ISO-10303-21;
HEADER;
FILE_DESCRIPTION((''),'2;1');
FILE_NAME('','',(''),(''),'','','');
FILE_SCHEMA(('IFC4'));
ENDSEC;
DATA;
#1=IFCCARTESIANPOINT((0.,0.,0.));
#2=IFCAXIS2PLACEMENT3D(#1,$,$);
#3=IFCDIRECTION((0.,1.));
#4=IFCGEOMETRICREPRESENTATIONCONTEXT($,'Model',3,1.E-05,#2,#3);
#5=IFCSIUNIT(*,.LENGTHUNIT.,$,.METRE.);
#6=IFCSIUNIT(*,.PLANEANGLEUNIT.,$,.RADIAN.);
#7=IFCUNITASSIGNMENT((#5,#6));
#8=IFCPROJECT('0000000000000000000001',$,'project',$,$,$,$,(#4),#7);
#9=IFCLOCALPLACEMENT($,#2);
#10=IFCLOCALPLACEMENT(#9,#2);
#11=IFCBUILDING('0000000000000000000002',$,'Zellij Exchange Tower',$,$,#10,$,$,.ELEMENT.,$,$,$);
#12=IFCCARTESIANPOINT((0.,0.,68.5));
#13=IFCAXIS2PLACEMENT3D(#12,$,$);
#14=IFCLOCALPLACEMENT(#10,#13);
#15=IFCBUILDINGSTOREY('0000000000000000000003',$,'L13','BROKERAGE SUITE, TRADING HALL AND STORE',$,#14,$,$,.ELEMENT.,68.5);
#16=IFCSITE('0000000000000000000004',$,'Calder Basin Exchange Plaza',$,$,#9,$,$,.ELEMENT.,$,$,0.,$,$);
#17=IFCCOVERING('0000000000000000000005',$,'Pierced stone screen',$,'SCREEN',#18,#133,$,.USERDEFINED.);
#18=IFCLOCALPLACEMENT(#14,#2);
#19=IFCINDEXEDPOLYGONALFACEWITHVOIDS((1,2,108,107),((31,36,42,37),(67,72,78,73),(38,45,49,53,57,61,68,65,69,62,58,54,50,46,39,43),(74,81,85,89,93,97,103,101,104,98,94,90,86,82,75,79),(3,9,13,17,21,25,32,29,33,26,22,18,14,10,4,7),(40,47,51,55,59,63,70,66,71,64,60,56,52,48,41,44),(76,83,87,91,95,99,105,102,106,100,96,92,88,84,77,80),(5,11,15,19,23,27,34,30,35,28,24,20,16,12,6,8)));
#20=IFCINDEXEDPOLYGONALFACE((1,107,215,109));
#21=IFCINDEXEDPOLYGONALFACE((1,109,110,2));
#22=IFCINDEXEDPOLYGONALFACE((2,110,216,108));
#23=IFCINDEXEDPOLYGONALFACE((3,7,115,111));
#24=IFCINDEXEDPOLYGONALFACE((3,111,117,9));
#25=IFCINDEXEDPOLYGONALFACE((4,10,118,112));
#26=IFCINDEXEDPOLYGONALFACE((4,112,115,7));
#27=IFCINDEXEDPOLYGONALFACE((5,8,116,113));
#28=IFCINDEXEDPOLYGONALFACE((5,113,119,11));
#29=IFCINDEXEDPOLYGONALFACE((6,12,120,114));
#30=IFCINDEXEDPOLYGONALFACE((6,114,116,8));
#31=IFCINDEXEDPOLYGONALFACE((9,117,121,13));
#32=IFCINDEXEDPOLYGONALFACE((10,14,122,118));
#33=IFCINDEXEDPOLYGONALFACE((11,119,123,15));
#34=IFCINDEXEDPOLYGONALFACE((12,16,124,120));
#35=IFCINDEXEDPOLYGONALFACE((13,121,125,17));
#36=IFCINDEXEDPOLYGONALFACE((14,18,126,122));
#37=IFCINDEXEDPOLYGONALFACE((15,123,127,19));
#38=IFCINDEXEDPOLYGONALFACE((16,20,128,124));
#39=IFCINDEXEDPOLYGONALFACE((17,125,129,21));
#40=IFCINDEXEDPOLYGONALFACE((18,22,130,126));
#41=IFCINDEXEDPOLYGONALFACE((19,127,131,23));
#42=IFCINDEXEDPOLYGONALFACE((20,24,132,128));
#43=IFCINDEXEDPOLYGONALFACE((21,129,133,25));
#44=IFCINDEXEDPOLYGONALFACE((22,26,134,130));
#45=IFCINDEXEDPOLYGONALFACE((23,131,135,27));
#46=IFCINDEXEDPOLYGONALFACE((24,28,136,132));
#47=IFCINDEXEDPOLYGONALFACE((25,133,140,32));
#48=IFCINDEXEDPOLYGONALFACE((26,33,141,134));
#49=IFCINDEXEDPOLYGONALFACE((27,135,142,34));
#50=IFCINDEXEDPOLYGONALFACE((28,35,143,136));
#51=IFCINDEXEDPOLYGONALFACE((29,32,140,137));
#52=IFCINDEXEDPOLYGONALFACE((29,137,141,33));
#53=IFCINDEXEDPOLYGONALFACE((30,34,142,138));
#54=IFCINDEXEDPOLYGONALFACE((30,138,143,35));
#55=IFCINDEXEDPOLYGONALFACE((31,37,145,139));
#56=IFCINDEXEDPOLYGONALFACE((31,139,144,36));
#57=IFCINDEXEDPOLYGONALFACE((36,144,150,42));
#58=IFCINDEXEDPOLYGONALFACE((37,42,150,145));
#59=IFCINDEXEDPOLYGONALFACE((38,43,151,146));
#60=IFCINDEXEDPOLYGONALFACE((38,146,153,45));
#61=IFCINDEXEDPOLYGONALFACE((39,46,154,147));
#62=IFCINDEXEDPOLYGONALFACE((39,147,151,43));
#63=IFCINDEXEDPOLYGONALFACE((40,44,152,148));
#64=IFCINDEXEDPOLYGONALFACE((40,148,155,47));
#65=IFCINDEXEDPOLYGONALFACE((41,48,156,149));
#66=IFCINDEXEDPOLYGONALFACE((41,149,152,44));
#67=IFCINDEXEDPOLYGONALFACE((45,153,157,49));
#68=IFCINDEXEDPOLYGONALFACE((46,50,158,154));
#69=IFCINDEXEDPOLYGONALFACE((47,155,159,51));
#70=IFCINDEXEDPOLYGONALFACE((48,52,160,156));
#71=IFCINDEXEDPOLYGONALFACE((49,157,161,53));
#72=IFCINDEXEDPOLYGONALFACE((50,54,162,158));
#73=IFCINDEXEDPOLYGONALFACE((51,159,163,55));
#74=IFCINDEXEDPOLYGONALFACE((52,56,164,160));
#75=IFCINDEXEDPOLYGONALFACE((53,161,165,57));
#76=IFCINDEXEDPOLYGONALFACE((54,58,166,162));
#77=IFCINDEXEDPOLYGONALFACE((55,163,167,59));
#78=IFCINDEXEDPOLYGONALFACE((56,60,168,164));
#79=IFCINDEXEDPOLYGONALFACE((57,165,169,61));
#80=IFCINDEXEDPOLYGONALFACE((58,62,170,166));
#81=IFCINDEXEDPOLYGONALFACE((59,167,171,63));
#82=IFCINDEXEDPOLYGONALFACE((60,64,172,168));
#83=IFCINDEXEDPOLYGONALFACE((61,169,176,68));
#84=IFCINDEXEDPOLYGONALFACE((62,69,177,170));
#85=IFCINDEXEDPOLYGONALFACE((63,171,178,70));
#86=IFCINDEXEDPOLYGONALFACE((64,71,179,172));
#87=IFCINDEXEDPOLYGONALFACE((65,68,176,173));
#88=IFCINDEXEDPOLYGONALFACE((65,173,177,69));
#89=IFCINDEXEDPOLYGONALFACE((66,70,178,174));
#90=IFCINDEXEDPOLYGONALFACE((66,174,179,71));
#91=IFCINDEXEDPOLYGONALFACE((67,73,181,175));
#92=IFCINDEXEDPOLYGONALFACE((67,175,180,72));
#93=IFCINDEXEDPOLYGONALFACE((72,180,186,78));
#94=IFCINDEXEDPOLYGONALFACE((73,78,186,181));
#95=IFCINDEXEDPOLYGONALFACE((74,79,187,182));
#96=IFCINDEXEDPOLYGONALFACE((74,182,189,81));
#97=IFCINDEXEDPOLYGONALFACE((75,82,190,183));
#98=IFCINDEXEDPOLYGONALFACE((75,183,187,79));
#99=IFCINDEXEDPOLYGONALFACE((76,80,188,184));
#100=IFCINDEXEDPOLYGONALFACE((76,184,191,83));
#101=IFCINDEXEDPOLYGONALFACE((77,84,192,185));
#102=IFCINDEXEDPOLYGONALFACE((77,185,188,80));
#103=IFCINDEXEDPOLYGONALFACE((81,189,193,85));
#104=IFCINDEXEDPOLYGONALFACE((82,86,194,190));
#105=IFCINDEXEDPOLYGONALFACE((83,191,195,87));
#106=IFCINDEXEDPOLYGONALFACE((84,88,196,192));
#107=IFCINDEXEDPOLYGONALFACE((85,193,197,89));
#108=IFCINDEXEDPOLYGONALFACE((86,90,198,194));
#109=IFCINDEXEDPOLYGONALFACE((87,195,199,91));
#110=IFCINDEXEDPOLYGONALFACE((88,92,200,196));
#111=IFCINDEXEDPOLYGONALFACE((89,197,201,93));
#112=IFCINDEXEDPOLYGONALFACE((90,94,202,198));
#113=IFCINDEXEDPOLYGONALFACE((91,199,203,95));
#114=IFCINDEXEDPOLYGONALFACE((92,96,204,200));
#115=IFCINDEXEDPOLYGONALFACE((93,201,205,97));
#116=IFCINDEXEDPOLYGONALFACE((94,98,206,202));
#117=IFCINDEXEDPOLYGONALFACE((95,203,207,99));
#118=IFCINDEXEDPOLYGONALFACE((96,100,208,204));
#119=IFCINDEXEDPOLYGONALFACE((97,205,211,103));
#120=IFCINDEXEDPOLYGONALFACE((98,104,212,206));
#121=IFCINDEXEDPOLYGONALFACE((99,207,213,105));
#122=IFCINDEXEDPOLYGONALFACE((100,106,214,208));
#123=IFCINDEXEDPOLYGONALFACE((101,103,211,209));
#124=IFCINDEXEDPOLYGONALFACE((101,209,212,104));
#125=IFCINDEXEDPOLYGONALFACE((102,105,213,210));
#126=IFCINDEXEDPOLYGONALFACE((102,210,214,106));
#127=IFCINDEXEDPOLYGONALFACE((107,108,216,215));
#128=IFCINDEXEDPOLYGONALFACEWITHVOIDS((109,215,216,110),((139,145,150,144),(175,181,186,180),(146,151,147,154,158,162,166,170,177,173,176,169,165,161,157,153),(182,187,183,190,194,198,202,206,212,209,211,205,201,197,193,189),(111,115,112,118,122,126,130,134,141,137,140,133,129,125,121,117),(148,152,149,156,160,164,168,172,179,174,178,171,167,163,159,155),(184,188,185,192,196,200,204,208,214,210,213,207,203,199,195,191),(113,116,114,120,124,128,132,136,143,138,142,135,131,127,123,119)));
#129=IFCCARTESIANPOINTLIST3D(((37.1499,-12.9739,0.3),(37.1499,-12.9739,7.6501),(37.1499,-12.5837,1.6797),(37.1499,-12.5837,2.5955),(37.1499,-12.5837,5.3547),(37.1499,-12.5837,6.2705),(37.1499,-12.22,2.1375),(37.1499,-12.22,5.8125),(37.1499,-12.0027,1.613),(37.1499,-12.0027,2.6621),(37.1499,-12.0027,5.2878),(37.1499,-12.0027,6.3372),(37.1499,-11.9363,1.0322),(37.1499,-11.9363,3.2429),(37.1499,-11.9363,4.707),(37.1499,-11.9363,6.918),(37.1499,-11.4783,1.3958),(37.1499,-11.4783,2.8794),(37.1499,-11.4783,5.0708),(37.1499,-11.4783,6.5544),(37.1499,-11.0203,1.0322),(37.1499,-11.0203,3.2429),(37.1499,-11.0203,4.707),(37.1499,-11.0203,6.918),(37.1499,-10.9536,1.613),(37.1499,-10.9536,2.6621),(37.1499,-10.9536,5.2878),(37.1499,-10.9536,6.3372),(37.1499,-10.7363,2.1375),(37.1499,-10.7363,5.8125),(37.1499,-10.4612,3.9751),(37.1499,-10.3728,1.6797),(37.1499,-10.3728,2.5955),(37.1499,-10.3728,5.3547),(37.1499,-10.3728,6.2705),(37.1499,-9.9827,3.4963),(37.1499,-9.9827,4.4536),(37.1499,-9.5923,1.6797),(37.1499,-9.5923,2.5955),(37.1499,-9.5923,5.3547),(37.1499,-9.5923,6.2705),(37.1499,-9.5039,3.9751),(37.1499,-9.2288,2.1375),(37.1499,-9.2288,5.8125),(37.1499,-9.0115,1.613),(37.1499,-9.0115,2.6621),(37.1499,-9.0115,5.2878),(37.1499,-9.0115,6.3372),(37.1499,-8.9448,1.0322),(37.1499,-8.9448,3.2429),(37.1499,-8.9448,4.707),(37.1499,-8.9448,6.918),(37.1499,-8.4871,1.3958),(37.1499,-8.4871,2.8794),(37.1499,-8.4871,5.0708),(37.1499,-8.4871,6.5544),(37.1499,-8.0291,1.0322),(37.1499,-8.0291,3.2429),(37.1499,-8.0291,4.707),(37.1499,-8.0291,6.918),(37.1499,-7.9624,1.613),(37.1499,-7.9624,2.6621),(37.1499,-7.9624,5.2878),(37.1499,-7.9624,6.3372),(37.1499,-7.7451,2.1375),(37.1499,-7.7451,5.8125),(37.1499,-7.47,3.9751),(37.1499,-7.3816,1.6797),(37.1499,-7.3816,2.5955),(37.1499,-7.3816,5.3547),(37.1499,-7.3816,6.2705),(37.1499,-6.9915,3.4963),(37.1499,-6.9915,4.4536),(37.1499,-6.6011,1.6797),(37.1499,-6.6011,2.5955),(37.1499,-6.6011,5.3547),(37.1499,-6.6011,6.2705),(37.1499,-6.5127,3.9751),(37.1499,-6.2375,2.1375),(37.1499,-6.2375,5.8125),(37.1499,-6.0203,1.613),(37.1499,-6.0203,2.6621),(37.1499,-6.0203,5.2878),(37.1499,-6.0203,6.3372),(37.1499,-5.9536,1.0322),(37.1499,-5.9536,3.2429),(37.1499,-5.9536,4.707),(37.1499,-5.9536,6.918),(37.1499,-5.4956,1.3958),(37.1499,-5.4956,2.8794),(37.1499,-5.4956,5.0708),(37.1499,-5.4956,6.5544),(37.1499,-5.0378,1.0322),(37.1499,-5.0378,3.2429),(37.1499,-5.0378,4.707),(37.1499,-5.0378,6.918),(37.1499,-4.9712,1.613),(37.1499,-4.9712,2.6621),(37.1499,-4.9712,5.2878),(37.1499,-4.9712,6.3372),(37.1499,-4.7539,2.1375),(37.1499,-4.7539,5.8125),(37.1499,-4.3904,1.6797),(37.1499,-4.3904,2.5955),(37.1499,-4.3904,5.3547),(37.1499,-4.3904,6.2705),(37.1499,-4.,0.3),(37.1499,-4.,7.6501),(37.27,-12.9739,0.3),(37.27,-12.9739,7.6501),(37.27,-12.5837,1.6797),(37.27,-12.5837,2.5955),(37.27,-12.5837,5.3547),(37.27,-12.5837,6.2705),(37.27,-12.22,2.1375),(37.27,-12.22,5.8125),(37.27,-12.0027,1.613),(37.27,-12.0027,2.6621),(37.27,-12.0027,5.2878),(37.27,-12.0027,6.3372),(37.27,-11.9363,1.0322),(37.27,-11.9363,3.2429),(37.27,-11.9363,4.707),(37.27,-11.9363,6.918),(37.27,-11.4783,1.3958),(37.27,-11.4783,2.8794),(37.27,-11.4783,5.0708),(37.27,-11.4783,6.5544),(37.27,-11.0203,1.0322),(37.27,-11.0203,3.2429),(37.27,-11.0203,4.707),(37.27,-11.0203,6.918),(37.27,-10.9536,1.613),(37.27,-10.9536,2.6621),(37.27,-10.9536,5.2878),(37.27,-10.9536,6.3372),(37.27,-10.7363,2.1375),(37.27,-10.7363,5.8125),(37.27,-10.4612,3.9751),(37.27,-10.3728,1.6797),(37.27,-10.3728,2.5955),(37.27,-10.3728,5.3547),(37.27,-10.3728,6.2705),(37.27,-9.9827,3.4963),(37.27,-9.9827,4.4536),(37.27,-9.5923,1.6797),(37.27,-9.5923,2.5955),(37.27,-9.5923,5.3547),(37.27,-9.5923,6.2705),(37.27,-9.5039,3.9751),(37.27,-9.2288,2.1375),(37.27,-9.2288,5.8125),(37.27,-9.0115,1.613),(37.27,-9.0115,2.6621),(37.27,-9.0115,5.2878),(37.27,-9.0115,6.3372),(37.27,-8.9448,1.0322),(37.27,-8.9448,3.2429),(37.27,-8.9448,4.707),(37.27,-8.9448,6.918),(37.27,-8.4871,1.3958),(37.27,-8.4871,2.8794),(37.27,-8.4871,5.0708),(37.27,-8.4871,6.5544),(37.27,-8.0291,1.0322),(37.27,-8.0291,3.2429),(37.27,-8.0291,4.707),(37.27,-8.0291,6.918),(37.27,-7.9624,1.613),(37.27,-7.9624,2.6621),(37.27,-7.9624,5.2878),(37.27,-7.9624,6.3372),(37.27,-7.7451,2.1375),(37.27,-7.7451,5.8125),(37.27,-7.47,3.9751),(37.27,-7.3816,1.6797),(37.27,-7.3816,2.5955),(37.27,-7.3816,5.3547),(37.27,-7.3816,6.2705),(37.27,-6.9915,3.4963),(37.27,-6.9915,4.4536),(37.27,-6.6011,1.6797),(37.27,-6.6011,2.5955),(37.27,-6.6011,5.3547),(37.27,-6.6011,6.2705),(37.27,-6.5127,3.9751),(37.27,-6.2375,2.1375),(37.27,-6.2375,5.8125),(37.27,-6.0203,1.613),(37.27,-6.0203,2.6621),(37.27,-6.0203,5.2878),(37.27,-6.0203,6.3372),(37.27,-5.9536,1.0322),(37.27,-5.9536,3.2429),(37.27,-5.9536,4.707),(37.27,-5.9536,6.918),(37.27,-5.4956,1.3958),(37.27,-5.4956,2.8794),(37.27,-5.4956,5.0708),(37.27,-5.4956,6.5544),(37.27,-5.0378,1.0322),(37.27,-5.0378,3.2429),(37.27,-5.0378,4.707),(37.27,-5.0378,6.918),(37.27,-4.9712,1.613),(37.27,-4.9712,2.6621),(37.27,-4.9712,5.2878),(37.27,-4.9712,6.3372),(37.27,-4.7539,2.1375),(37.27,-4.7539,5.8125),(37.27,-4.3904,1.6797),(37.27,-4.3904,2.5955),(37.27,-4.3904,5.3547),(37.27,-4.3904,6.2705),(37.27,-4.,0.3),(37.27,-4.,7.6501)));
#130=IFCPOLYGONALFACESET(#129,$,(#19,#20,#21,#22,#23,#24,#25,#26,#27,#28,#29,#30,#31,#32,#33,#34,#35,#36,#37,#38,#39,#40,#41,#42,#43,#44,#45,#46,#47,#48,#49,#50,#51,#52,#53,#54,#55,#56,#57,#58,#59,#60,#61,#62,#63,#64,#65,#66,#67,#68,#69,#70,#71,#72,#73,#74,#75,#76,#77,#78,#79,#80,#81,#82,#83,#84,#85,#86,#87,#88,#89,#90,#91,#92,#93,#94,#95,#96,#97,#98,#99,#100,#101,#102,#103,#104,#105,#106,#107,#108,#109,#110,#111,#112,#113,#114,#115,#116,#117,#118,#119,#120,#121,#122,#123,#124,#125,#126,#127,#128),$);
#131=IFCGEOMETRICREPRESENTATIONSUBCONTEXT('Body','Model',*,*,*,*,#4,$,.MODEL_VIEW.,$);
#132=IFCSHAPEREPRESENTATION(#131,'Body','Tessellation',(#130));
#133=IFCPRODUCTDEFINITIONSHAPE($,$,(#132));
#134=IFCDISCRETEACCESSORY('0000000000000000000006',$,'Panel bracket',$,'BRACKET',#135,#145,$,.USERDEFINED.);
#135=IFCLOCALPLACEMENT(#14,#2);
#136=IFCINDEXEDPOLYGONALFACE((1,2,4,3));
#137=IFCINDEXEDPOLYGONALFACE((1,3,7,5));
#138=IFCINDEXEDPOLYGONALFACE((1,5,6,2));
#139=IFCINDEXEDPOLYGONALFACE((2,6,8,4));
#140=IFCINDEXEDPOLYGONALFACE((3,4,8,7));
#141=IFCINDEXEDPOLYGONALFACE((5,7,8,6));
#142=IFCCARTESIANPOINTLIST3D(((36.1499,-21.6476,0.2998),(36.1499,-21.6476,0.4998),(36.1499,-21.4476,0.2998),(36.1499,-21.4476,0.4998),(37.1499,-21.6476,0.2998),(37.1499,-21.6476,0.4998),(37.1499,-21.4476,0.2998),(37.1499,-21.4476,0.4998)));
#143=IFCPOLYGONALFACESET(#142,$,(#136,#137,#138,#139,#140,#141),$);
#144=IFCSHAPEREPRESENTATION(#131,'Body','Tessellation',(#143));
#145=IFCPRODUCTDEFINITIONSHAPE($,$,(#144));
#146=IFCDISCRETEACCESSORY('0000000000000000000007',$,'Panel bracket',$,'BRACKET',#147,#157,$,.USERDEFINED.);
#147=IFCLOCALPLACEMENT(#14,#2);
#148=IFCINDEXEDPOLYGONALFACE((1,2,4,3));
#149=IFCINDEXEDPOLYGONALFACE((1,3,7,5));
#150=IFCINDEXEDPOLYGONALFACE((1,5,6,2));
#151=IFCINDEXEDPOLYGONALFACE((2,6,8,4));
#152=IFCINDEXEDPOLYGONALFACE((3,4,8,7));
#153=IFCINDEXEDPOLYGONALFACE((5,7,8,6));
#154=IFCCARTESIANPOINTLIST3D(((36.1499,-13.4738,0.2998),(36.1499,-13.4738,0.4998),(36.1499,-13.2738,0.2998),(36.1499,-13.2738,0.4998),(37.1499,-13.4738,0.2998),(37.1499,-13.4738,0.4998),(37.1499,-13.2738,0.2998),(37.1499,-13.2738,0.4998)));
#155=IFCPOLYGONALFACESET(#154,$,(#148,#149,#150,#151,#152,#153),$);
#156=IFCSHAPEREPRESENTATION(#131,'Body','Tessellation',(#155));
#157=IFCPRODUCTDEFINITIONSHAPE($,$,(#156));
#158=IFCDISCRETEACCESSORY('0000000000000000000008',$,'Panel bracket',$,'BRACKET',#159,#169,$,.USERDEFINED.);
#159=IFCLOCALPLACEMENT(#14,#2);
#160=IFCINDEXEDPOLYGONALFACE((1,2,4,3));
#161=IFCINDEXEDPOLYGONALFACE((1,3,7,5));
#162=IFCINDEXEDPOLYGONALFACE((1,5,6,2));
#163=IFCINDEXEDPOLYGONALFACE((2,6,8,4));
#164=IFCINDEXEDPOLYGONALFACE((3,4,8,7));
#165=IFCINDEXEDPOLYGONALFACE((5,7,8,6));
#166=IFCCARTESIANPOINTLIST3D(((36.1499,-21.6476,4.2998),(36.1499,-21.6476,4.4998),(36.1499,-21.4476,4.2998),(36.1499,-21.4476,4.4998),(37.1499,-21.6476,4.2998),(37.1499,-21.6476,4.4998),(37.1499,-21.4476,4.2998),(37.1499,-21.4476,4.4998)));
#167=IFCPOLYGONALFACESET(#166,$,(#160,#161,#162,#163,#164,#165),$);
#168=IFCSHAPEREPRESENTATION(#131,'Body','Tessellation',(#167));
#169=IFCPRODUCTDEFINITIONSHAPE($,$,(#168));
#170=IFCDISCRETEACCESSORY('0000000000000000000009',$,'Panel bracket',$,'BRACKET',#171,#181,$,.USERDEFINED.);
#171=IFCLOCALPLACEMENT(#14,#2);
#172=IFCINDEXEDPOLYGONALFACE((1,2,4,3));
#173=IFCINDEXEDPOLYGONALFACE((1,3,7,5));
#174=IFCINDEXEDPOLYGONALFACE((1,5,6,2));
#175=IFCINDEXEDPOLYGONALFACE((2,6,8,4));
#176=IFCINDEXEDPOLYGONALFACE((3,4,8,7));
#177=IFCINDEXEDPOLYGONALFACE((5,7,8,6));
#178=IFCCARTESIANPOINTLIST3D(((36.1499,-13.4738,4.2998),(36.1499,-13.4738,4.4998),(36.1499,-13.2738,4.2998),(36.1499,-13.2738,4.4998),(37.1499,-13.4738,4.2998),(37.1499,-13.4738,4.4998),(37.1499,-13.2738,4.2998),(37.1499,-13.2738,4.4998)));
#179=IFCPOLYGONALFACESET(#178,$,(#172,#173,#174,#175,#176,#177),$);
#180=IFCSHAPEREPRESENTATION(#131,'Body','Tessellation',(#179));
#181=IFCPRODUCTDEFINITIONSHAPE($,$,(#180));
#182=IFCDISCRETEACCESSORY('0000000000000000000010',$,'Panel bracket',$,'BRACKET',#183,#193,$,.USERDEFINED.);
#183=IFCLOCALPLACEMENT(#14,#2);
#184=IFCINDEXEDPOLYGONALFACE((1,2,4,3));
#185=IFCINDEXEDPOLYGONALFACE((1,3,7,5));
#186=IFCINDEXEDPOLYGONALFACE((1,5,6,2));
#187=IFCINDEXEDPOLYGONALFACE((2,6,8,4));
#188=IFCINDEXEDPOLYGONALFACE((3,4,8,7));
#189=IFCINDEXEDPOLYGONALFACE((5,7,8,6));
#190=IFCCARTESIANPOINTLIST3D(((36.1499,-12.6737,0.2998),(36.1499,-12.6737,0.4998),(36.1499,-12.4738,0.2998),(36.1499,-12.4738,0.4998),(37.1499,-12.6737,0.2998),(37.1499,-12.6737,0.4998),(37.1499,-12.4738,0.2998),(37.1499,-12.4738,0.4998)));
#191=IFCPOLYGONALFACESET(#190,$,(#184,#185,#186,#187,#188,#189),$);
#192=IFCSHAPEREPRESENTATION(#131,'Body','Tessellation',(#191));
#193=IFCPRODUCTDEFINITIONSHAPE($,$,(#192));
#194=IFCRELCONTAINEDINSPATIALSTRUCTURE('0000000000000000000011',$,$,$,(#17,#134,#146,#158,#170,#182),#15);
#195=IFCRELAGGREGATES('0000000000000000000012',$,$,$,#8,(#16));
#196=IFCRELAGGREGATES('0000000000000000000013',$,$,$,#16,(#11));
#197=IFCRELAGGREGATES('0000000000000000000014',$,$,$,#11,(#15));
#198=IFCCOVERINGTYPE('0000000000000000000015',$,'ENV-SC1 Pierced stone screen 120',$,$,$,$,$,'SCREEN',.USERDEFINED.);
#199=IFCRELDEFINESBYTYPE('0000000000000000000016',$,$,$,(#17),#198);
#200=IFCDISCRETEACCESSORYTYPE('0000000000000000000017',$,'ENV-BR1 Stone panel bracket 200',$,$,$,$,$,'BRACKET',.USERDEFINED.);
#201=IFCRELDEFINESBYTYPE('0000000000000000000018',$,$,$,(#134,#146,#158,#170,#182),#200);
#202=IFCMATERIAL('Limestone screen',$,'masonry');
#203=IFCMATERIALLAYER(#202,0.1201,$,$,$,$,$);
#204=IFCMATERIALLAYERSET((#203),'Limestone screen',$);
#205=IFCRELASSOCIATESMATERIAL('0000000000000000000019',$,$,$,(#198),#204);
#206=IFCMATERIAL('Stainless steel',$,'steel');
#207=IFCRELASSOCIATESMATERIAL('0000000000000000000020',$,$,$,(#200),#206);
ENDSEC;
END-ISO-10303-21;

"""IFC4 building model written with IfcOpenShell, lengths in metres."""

from ifc_helpers import new_model, si_unit, direction, frame, origin, origin_2d, place, context, subcontext, project, spatial, polyline, rectangle, outline, extrude, material, layer, layer_set, type_object, element, save


model = new_model("IFC4")

# Units and contexts
model_context = context("Model", 3, precision=1e-05, world=origin(), true_north=direction((0.0, 1.0)))
body_context = subcontext(model_context, "Body", "Model", "MODEL_VIEW")
ifc_project = project(units=[si_unit("LENGTHUNIT", "METRE"), si_unit("PLANEANGLEUNIT", "RADIAN")], contexts=[model_context])

# Site, building, storey
site_placement = place(None, origin())
site = spatial("IfcSite", under=ifc_project, at=site_placement, Name="Calder Basin Exchange Plaza", CompositionType="ELEMENT", RefElevation=0.0)
building_placement = place(site_placement, origin())
building = spatial("IfcBuilding", under=site, at=building_placement, Name="Zellij Exchange Tower", CompositionType="ELEMENT")
storey_placement = place(building_placement, frame((0.0, 0.0, 68.5)))
storey = spatial("IfcBuildingStorey", under=building, at=storey_placement, Name="L13", Description="BROKERAGE SUITE, TRADING HALL AND STORE", CompositionType="ELEMENT", Elevation=68.5)

# Shared definitions
ifc_material_1 = material(Name="Stainless steel", Category="steel")

# Covering
ifc_material_2 = material(Name="Limestone screen", Category="masonry")
ifc_layer_1 = layer(ifc_material_2, 0.1201)
ifc_layer_set_1 = layer_set([ifc_layer_1], Name="Limestone screen")
covering_type = type_object("IfcCoveringType", Name="ENV-SC1 Pierced stone screen 120", ElementType="SCREEN", PredefinedType="USERDEFINED", material=ifc_layer_set_1)
covering_placement = place(storey_placement, frame((37.21, -12.9739, 0.3), z_axis=(0.0, 0.0, 1.0), x_axis=(0.0, 1.0, 0.0)))
element("IfcCovering", 1, at=covering_placement, inside=storey, type_object=covering_type, Name="Pierced stone screen", ObjectType="SCREEN", PredefinedType="USERDEFINED", context=body_context, shape_type="SweptSolid", body=[
    extrude(outline(polyline([(0.0, 0.0), (8.9739, 0.0), (8.9739, 7.3501), (0.0, 7.3501), (0.0, 0.0)]), holes=[polyline([(2.6011, 2.2954), (2.0203, 2.3621), (1.9536, 2.9429), (1.4956, 2.5793), (1.0376, 2.9429), (0.9712, 2.3621), (0.3901, 2.2954), (0.7539, 1.8374), (0.3901, 1.3796), (0.9712, 1.313), (1.0376, 0.7322), (1.4956, 1.0957), (1.9536, 0.7322), (2.0203, 1.313), (2.6011, 1.3796), (2.2375, 1.8374), (2.6011, 2.2954)]), polyline([(2.6011, 5.9705), (2.0203, 6.0371), (1.9536, 6.6179), (1.4956, 6.2544), (1.0376, 6.6179), (0.9712, 6.0371), (0.3901, 5.9705), (0.7539, 5.5125), (0.3901, 5.0547), (0.9712, 4.9878), (1.0376, 4.407), (1.4956, 4.7708), (1.9536, 4.407), (2.0203, 4.9878), (2.6011, 5.0547), (2.2375, 5.5125), (2.6011, 5.9705)]), polyline([(5.5923, 2.2954), (5.0115, 2.3621), (4.9448, 2.9429), (4.4868, 2.5793), (4.0291, 2.9429), (3.9624, 2.3621), (3.3816, 2.2954), (3.7451, 1.8374), (3.3816, 1.3796), (3.9624, 1.313), (4.0291, 0.7322), (4.4868, 1.0957), (4.9448, 0.7322), (5.0115, 1.313), (5.5923, 1.3796), (5.2288, 1.8374), (5.5923, 2.2954)]), polyline([(5.5923, 5.9705), (5.0115, 6.0371), (4.9448, 6.6179), (4.4868, 6.2544), (4.0291, 6.6179), (3.9624, 6.0371), (3.3816, 5.9705), (3.7451, 5.5125), (3.3816, 5.0547), (3.9624, 4.9878), (4.0291, 4.407), (4.4868, 4.7708), (4.9448, 4.407), (5.0115, 4.9878), (5.5923, 5.0547), (5.2288, 5.5125), (5.5923, 5.9705)]), polyline([(8.5835, 2.2954), (8.0027, 2.3621), (7.936, 2.9429), (7.4783, 2.5793), (7.0203, 2.9429), (6.9536, 2.3621), (6.3728, 2.2954), (6.7363, 1.8374), (6.3728, 1.3796), (6.9536, 1.313), (7.0203, 0.7322), (7.4783, 1.0957), (7.936, 0.7322), (8.0027, 1.313), (8.5835, 1.3796), (8.22, 1.8374), (8.5835, 2.2954)]), polyline([(8.5835, 5.9705), (8.0027, 6.0371), (7.936, 6.6179), (7.4783, 6.2544), (7.0203, 6.6179), (6.9536, 6.0371), (6.3728, 5.9705), (6.7363, 5.5125), (6.3728, 5.0547), (6.9536, 4.9878), (7.0203, 4.407), (7.4783, 4.7708), (7.936, 4.407), (8.0027, 4.9878), (8.5835, 5.0547), (8.22, 5.5125), (8.5835, 5.9705)]), polyline([(3.47, 3.675), (2.9912, 4.1536), (2.5127, 3.675), (2.9912, 3.1963), (3.47, 3.675)]), polyline([(6.4612, 3.675), (5.9824, 4.1536), (5.5039, 3.675), (5.9824, 3.1963), (6.4612, 3.675)])]), frame((0.0, 0.0601, 0.0), z_axis=(0.0, -1.0, 0.0), x_axis=(1.0, 0.0, 0.0)), (0.0, 0.0, 1.0), 0.1201),
])

# Discrete accessories
discrete_accessory_type = type_object("IfcDiscreteAccessoryType", Name="ENV-BR1 Stone panel bracket 200", ElementType="BRACKET", PredefinedType="USERDEFINED", material=ifc_material_1)
for number, where, z_axis, x_axis, name in (
    (2, (36.6499, -21.5476, 0.2998), (0.0, 0.0, 1.0), (0.0, 1.0, 0.0), "Panel bracket"),
    (3, (36.6499, -13.3738, 0.2998), (0.0, 0.0, 1.0), (0.0, 1.0, 0.0), "Panel bracket"),
    (4, (36.6499, -21.5476, 4.2998), (0.0, 0.0, 1.0), (0.0, 1.0, 0.0), "Panel bracket"),
    (5, (36.6499, -13.3738, 4.2998), (0.0, 0.0, 1.0), (0.0, 1.0, 0.0), "Panel bracket"),
    (6, (36.6499, -12.5737, 0.2998), (0.0, 0.0, 1.0), (0.0, 1.0, 0.0), "Panel bracket"),
):
    element("IfcDiscreteAccessory", number, at=place(storey_placement, frame(where, z_axis=z_axis, x_axis=x_axis)), inside=storey, type_object=discrete_accessory_type, Name=name, ObjectType="BRACKET", PredefinedType="USERDEFINED", context=body_context, shape_type="SweptSolid", body=[
        extrude(rectangle(XDim=0.2, YDim=1.0, at=origin_2d()), origin(), (0.0, 0.0, 1.0), 0.2),
    ])

save(model, "model.ifc")
